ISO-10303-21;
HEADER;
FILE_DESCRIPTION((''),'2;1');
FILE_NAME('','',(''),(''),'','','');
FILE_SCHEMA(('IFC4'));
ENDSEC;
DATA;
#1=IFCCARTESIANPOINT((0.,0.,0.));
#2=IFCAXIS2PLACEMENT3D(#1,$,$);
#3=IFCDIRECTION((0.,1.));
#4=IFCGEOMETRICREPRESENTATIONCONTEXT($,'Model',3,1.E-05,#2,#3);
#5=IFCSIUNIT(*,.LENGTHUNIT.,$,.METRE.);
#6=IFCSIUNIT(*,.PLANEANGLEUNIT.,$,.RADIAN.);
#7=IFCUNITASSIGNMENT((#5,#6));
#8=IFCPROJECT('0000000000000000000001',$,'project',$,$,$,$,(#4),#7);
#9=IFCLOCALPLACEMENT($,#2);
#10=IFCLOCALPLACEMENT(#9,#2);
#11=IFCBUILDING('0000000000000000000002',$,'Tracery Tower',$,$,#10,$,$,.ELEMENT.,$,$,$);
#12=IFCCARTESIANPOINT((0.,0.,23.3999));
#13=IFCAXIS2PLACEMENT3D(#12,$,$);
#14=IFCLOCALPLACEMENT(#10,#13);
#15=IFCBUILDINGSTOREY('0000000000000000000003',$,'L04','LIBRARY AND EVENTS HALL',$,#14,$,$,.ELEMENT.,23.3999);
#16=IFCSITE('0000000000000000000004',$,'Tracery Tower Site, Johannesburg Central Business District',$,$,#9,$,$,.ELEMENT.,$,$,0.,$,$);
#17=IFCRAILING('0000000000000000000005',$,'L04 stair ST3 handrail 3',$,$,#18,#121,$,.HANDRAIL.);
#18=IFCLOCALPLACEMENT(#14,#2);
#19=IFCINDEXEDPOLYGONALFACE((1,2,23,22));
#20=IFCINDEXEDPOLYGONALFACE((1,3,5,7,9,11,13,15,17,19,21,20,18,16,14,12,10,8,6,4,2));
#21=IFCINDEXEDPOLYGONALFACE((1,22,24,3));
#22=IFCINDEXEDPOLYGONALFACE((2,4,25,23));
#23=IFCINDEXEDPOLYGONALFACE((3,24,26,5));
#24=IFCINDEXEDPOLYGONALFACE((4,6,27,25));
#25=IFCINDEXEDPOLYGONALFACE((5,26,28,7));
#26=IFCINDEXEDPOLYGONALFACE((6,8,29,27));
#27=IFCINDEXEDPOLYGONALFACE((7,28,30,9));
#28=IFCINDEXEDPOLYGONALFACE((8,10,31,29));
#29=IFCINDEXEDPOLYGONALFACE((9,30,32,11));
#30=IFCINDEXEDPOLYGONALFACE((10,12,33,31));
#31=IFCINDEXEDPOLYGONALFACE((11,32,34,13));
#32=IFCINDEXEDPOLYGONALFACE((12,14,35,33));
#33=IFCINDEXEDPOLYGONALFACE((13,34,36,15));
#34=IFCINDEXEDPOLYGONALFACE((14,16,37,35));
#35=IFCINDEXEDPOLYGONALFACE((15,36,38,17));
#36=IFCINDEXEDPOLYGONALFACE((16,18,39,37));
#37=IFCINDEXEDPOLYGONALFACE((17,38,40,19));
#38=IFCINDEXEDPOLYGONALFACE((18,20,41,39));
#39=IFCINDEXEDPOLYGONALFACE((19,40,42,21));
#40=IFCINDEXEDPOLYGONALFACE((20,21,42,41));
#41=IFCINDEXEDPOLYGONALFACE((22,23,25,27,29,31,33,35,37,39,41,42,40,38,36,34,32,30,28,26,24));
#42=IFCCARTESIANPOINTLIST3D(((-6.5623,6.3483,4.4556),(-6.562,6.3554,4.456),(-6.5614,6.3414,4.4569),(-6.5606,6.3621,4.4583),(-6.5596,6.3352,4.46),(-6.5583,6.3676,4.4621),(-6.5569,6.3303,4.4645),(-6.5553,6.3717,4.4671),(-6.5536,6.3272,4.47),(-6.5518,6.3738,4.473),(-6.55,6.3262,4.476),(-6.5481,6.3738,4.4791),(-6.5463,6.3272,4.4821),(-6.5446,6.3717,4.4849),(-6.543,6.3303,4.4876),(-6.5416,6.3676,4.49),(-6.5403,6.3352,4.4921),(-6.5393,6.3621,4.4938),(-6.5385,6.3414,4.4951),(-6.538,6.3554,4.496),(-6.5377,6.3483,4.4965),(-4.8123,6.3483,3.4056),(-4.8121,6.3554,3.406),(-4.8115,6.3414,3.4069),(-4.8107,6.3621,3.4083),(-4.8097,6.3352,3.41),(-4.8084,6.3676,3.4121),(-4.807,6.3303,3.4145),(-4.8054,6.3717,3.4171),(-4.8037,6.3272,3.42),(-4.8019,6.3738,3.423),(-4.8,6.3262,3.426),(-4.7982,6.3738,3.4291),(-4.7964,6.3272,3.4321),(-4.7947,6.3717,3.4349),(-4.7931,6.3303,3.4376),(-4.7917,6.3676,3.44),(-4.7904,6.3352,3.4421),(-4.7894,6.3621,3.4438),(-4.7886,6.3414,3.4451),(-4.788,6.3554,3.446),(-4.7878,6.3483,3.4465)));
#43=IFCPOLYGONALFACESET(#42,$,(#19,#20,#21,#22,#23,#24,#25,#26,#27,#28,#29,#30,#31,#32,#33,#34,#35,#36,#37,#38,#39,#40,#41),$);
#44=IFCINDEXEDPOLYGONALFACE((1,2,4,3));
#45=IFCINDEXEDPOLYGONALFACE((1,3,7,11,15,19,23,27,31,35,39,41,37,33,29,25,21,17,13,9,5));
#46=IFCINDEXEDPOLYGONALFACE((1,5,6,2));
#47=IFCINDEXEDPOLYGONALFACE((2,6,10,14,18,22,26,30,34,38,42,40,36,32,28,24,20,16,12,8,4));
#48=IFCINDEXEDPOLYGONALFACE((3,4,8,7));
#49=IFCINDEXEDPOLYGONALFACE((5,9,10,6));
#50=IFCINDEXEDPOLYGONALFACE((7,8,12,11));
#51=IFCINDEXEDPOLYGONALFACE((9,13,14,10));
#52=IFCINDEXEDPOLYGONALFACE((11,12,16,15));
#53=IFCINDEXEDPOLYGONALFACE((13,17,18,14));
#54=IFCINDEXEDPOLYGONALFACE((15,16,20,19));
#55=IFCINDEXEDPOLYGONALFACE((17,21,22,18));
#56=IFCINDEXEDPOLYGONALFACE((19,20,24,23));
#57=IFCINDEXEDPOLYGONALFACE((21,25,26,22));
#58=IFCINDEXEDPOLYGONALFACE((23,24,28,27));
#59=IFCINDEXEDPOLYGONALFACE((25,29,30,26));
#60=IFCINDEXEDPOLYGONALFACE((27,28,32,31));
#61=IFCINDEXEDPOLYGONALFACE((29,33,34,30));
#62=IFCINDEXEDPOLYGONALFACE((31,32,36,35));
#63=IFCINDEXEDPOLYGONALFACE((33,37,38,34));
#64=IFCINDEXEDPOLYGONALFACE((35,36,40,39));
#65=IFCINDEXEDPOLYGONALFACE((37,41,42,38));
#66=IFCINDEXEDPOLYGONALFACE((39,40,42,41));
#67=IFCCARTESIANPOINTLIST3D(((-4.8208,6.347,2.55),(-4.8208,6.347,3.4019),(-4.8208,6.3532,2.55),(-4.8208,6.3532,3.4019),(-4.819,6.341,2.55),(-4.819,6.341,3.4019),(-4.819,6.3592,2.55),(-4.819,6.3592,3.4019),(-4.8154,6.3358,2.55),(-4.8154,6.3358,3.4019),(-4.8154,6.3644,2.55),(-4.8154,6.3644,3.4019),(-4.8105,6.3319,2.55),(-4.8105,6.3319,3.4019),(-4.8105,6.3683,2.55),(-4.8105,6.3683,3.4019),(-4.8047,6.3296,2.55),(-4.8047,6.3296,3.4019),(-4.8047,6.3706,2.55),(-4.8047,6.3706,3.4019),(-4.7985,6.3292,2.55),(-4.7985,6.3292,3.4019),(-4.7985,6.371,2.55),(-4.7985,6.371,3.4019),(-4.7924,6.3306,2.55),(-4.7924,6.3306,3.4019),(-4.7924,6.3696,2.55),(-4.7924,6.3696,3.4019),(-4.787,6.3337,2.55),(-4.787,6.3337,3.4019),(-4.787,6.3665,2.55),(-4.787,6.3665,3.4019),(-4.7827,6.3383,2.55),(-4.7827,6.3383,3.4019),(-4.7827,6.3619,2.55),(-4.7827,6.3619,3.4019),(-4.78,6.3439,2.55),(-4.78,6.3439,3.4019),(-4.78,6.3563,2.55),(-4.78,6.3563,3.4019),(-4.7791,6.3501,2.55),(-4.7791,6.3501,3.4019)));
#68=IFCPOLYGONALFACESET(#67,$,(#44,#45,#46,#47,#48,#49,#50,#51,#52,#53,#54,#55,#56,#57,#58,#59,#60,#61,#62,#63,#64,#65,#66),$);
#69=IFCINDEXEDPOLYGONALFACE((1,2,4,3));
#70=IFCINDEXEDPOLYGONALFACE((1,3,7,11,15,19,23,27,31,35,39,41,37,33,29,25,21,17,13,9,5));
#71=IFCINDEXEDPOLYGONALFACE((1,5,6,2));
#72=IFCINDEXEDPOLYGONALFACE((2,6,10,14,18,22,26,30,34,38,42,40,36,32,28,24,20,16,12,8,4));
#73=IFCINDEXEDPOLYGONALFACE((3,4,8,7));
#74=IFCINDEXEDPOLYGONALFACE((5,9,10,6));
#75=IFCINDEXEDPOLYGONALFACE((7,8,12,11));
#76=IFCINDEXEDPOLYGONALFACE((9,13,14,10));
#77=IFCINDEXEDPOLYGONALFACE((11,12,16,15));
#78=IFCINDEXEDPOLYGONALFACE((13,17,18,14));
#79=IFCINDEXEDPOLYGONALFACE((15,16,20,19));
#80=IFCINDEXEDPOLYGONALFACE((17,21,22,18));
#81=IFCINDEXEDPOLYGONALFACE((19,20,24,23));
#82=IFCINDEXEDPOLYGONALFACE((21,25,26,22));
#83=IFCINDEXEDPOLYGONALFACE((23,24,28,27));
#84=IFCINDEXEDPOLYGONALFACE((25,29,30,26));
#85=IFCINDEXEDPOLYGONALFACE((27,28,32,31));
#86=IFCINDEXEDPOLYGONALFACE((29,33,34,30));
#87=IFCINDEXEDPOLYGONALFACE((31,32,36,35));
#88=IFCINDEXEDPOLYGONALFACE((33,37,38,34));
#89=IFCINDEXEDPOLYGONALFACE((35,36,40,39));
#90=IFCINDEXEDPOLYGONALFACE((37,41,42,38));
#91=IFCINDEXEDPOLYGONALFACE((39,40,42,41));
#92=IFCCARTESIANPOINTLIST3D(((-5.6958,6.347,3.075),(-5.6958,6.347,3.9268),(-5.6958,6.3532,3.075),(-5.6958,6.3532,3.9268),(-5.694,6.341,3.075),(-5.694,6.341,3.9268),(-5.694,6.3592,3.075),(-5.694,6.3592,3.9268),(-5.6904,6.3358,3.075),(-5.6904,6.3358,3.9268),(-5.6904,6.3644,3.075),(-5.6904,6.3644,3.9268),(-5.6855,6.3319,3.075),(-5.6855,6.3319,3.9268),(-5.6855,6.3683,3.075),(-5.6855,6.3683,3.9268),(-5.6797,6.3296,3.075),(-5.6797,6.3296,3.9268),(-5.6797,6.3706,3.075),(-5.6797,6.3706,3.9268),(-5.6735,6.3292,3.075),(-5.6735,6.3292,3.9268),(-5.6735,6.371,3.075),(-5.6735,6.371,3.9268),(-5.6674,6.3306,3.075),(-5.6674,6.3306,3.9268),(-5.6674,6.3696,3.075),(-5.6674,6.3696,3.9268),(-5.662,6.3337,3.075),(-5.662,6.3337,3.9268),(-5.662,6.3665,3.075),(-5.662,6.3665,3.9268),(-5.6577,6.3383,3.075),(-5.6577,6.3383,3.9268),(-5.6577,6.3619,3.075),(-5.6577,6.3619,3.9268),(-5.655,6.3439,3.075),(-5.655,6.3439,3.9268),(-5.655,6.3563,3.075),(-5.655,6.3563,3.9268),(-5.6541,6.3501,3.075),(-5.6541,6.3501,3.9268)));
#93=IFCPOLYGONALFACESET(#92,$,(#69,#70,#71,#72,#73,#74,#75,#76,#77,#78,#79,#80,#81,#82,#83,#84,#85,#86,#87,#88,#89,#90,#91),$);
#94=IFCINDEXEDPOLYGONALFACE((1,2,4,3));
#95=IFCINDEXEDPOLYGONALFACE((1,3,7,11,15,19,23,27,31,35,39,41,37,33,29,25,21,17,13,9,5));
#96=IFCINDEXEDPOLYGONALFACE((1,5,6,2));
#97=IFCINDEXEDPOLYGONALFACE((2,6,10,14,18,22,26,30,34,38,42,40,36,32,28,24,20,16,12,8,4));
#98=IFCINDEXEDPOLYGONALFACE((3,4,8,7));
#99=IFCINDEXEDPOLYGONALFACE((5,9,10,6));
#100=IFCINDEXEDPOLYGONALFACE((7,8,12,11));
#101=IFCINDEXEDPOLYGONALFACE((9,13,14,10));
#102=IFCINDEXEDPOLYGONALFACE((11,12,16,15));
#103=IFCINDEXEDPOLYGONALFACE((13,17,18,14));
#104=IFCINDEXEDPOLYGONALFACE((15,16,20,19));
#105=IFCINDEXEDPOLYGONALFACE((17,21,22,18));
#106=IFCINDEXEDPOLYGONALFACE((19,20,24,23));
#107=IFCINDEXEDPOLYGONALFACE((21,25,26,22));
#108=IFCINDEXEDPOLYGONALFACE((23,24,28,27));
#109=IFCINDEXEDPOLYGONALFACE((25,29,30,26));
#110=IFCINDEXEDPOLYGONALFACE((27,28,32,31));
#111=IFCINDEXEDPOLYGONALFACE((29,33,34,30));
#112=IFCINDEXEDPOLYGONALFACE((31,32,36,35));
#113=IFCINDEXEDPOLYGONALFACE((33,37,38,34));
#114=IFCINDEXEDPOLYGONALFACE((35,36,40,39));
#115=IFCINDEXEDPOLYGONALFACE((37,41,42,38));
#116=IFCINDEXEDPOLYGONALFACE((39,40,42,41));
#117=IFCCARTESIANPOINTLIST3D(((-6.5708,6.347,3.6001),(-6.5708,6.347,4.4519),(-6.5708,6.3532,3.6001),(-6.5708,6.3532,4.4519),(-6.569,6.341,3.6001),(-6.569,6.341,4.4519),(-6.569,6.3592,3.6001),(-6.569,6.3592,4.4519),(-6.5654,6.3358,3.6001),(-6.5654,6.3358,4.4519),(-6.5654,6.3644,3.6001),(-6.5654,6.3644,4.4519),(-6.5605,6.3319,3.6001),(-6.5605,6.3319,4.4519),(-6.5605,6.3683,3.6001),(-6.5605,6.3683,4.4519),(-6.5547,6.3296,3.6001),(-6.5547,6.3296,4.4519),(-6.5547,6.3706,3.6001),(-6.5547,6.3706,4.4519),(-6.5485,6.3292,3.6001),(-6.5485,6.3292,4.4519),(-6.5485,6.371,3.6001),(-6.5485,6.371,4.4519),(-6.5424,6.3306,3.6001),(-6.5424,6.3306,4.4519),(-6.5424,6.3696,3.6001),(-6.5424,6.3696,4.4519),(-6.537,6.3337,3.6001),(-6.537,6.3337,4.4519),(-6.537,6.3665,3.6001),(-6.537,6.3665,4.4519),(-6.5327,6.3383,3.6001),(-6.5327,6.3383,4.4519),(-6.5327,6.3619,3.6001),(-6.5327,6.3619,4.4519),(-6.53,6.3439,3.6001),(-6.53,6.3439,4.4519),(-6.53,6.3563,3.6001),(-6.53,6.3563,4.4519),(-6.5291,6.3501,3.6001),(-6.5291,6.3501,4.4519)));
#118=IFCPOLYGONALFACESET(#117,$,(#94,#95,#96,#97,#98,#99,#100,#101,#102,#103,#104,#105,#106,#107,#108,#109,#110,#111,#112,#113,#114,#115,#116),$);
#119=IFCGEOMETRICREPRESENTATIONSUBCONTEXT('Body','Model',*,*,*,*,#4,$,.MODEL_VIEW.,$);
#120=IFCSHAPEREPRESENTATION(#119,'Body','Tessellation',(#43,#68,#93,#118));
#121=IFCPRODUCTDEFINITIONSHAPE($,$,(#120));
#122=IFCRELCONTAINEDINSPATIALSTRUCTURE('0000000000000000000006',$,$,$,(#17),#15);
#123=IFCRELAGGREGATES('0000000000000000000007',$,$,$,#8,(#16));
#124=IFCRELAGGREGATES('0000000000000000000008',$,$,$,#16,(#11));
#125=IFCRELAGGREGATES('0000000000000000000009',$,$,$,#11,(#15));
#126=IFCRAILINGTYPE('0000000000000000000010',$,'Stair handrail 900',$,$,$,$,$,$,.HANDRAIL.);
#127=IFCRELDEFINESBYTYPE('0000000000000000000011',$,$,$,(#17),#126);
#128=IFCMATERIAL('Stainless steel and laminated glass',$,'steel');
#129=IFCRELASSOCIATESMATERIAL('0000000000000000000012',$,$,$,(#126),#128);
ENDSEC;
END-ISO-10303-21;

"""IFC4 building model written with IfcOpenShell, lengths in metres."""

from ifc_helpers import new_model, si_unit, direction, frame, origin, origin_2d, place, context, subcontext, project, spatial, circle, extrude, material, type_object, element, save


model = new_model("IFC4")

# Units and contexts
model_context = context("Model", 3, precision=1e-05, world=origin(), true_north=direction((0.0, 1.0)))
body_context = subcontext(model_context, "Body", "Model", "MODEL_VIEW")
ifc_project = project(units=[si_unit("LENGTHUNIT", "METRE"), si_unit("PLANEANGLEUNIT", "RADIAN")], contexts=[model_context])

# Site, building, storey
site_placement = place(None, origin())
site = spatial("IfcSite", under=ifc_project, at=site_placement, Name="Tracery Tower Site, Johannesburg Central Business District", CompositionType="ELEMENT", RefElevation=0.0)
building_placement = place(site_placement, origin())
building = spatial("IfcBuilding", under=site, at=building_placement, Name="Tracery Tower", CompositionType="ELEMENT")
storey_placement = place(building_placement, frame((0.0, 0.0, 23.3999)))
storey = spatial("IfcBuildingStorey", under=building, at=storey_placement, Name="L04", Description="LIBRARY AND EVENTS HALL", CompositionType="ELEMENT", Elevation=23.3999)

# Railing
ifc_material_1 = material(Name="Stainless steel and laminated glass", Category="steel")
railing_type_1 = type_object("IfcRailingType", Name="Stair handrail 900", PredefinedType="HANDRAIL", material=ifc_material_1)
railing_1_placement = place(storey_placement, frame((-4.8, 6.3501, 2.55)))
element("IfcRailing", 1, at=railing_1_placement, inside=storey, type_object=railing_type_1, Name="L04 stair ST3 handrail 3", PredefinedType="HANDRAIL", context=body_context, shape_type="SweptSolid", body=[
    extrude(circle(Radius=0.0239, at=origin_2d()), frame((0.0, 0.0, 0.876), z_axis=(-0.857482, 0.0, 0.514513), x_axis=(0.0, -1.0, 0.0)), (0.0, 0.0, 1.0), 2.0408),
    extrude(circle(Radius=0.021, at=origin_2d()), origin(), (0.0, 0.0, 1.0), 0.8518),
    extrude(circle(Radius=0.021, at=origin_2d()), frame((-0.875, 0.0, 0.5249)), (0.0, 0.0, 1.0), 0.8518),
    extrude(circle(Radius=0.021, at=origin_2d()), frame((-1.75, 0.0, 1.05)), (0.0, 0.0, 1.0), 0.8518),
])

save(model, "model.ifc")
